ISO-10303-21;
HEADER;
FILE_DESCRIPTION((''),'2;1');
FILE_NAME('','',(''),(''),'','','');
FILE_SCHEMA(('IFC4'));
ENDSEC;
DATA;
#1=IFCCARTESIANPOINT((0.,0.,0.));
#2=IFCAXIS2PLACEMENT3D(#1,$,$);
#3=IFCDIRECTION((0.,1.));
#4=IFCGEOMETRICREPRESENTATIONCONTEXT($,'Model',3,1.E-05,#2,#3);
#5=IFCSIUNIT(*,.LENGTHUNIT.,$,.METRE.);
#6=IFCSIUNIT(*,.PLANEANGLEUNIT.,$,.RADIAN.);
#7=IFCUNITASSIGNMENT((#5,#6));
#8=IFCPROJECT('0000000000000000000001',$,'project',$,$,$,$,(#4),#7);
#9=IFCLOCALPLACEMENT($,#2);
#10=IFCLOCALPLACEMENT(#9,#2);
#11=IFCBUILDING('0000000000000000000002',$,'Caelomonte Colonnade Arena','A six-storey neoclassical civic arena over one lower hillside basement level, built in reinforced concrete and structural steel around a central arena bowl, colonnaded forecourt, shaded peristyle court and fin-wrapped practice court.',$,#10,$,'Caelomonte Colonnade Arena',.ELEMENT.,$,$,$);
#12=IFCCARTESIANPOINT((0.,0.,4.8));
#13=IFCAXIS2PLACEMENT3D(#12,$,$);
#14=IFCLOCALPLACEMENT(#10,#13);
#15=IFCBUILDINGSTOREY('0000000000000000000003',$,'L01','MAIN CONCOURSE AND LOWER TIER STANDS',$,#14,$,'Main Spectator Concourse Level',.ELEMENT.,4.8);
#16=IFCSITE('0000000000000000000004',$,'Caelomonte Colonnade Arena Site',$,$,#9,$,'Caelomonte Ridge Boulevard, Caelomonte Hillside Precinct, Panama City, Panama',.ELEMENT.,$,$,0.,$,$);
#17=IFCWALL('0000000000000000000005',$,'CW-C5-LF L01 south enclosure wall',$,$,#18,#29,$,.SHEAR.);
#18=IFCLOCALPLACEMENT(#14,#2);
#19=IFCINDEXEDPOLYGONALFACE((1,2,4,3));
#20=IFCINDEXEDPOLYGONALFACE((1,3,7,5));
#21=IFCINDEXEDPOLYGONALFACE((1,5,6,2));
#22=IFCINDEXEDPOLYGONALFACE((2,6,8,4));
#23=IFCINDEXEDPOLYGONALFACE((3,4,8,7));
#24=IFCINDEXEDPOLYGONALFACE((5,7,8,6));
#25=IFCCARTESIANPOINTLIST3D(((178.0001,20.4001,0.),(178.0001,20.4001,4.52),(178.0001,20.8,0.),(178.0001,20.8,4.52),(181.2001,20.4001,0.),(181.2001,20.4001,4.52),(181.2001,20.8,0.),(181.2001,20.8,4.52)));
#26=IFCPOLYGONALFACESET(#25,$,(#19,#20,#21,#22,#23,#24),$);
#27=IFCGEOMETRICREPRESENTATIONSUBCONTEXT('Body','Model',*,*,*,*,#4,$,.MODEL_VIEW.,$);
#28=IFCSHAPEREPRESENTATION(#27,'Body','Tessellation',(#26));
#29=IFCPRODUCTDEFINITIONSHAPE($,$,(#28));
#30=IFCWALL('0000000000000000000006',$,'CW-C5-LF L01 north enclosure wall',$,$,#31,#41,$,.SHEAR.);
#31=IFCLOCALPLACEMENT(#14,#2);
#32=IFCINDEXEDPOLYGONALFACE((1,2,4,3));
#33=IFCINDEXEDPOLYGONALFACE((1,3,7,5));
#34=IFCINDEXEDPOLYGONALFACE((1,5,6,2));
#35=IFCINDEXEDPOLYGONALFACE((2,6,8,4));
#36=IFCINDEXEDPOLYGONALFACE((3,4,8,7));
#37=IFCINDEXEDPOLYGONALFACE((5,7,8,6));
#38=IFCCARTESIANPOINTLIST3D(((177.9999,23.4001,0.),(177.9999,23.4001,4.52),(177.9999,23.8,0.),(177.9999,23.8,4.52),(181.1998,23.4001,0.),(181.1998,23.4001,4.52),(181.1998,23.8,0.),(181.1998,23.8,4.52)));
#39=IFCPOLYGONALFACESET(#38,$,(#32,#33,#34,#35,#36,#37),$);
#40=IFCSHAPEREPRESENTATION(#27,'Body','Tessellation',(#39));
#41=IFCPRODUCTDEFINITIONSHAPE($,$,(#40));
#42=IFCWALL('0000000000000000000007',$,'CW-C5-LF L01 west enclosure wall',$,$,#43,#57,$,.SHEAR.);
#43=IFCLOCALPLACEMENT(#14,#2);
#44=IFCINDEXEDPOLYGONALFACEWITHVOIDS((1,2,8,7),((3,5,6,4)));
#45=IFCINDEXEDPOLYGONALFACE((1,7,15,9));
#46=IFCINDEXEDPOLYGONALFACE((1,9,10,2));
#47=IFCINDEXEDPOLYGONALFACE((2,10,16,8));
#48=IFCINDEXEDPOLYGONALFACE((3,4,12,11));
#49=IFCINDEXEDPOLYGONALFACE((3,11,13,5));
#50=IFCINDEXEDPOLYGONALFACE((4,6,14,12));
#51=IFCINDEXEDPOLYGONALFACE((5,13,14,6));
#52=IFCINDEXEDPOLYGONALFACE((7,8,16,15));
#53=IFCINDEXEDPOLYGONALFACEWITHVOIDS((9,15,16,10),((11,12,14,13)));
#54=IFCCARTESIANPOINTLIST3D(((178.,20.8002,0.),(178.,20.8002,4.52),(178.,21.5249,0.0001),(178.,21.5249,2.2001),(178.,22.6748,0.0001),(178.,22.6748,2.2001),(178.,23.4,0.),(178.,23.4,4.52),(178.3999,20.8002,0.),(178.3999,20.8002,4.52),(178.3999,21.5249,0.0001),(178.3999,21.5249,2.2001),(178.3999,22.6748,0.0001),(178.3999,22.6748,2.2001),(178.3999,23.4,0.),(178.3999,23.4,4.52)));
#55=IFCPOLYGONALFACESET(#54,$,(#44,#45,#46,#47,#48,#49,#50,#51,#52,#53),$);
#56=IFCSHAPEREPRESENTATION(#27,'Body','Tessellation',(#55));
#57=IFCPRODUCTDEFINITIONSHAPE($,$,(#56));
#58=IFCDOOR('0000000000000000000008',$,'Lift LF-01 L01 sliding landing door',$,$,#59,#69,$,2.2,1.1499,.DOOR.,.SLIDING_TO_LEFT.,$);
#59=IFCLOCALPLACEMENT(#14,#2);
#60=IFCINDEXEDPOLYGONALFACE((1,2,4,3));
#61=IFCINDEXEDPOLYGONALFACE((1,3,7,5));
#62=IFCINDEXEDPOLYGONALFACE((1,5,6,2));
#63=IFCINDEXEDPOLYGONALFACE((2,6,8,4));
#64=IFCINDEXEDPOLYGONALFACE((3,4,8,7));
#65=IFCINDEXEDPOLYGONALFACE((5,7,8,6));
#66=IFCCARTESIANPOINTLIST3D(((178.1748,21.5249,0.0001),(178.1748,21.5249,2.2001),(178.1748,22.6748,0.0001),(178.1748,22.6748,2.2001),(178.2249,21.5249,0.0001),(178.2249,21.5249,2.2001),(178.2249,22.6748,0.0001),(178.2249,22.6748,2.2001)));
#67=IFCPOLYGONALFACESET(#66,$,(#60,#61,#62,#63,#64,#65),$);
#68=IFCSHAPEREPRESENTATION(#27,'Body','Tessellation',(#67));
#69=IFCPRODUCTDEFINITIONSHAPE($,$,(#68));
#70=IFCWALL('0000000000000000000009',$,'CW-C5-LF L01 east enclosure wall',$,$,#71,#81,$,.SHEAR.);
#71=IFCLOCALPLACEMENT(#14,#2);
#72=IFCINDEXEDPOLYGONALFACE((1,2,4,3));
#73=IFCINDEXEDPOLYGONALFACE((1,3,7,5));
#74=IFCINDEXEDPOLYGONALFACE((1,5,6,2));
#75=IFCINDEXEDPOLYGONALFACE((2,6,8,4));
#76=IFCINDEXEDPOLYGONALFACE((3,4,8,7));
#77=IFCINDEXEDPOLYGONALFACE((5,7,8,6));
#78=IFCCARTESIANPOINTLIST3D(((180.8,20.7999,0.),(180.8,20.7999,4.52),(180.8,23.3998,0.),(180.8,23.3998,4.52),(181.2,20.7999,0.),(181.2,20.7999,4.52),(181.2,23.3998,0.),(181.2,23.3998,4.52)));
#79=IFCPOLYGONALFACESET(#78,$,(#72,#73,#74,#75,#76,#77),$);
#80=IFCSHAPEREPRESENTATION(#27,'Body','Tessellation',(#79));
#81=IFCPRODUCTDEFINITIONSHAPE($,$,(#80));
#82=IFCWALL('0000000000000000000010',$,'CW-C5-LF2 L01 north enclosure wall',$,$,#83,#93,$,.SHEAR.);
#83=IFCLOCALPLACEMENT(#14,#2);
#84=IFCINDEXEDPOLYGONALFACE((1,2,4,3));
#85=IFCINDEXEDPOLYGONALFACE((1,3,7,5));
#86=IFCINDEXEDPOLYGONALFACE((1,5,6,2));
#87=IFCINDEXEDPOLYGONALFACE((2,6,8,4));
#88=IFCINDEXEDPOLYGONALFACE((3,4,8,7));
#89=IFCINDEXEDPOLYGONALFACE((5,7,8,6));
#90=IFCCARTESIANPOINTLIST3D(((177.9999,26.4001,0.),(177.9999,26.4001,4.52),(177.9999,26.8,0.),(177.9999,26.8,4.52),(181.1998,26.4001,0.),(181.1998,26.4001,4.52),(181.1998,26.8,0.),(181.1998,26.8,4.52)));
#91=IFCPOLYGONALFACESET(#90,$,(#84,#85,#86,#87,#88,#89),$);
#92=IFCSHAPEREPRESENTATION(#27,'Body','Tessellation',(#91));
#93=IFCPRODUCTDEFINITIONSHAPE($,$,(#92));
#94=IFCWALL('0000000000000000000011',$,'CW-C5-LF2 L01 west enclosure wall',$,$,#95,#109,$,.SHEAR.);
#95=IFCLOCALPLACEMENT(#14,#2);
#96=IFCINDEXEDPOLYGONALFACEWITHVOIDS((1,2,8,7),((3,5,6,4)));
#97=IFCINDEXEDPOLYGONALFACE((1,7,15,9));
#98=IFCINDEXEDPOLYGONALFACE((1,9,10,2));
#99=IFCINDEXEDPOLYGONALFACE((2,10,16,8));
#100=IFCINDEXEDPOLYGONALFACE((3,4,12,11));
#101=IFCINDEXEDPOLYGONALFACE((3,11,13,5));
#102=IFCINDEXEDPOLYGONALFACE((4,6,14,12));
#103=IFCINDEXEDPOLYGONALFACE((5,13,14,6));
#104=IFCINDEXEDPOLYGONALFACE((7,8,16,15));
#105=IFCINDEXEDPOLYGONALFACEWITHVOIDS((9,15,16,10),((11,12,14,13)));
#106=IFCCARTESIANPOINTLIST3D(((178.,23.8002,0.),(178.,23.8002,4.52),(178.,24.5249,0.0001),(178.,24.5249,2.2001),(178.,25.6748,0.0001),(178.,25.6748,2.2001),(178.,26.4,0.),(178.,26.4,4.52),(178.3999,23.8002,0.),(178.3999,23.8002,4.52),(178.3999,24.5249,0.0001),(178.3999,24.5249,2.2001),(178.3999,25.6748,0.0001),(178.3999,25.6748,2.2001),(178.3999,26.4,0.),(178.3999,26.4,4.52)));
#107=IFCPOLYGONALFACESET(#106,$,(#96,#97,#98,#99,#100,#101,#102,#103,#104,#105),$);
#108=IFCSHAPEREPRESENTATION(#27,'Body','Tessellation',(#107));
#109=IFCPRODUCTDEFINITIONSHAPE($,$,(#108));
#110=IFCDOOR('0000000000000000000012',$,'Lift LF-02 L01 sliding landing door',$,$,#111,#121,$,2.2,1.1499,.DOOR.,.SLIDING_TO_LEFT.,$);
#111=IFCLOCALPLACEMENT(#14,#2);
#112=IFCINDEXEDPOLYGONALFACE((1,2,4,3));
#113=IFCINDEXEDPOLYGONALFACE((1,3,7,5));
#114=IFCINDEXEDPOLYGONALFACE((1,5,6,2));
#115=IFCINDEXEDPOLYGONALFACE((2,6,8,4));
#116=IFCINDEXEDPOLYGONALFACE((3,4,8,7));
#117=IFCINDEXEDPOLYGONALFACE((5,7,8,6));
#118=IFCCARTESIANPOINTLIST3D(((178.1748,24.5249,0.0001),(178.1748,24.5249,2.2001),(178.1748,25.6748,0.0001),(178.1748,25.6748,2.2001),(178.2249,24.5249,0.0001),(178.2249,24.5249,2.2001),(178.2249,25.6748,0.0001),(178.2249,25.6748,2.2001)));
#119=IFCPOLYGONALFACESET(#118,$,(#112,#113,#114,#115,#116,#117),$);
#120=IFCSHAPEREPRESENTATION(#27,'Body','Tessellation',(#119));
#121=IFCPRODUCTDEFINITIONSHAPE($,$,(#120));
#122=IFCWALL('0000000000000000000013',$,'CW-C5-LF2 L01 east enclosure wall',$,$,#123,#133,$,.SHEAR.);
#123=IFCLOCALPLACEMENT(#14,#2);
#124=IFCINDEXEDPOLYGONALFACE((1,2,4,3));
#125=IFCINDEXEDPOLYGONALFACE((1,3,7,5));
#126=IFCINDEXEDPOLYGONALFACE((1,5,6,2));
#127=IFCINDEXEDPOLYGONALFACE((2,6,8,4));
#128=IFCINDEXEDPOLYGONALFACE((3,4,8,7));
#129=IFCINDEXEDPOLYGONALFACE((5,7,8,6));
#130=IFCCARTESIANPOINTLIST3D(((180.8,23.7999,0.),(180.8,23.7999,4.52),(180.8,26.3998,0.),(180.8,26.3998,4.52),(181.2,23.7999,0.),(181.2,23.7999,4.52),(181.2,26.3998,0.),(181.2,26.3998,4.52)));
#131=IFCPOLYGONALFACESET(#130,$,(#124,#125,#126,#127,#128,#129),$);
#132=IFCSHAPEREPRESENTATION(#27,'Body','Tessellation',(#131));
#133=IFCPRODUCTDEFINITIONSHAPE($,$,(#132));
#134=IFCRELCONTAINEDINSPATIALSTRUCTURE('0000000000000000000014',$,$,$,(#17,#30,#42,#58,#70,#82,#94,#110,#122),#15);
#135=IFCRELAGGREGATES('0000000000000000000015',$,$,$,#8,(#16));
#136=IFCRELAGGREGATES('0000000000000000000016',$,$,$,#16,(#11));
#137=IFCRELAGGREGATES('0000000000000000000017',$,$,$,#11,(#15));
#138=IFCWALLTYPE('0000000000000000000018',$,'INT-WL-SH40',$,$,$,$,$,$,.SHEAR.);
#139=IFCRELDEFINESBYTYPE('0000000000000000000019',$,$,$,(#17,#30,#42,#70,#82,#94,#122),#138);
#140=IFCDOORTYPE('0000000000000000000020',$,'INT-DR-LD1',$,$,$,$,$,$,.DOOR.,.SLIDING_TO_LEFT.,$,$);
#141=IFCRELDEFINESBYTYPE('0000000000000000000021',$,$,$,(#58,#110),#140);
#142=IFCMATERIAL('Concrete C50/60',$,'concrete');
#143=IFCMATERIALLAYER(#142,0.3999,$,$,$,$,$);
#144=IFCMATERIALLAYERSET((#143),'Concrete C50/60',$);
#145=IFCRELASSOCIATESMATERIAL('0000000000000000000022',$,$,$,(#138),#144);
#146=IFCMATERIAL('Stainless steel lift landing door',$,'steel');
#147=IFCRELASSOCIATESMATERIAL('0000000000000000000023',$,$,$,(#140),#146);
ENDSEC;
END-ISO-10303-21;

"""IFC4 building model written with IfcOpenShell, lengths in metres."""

from ifc_helpers import new_model, si_unit, direction, frame, frame_2d, origin, place, context, subcontext, project, spatial, rectangle, extrude, material, layer, layer_set, type_object, element, fill, save


model = new_model("IFC4")

# Units and contexts
model_context = context("Model", 3, precision=1e-05, world=origin(), true_north=direction((0.0, 1.0)))
body_context = subcontext(model_context, "Body", "Model", "MODEL_VIEW")
ifc_project = project(units=[si_unit("LENGTHUNIT", "METRE"), si_unit("PLANEANGLEUNIT", "RADIAN")], contexts=[model_context])

# Site, building, storey
site_placement = place(None, origin())
site = spatial("IfcSite", under=ifc_project, at=site_placement, Name="Caelomonte Colonnade Arena Site", LongName="Caelomonte Ridge Boulevard, Caelomonte Hillside Precinct, Panama City, Panama", CompositionType="ELEMENT", RefElevation=0.0)
building_placement = place(site_placement, origin())
building = spatial("IfcBuilding", under=site, at=building_placement, Name="Caelomonte Colonnade Arena", Description="A six-storey neoclassical civic arena over one lower hillside basement level, built in reinforced concrete and structural steel around a central arena bowl, colonnaded forecourt, shaded peristyle court and fin-wrapped practice court.", LongName="Caelomonte Colonnade Arena", CompositionType="ELEMENT")
storey_placement = place(building_placement, frame((0.0, 0.0, 4.8)))
storey = spatial("IfcBuildingStorey", under=building, at=storey_placement, Name="L01", Description="MAIN CONCOURSE AND LOWER TIER STANDS", LongName="Main Spectator Concourse Level", CompositionType="ELEMENT", Elevation=4.8)

# Walls
ifc_material_1 = material(Name="Concrete C50/60", Category="concrete")
ifc_layer_1 = layer(ifc_material_1, 0.3999)
ifc_layer_set_1 = layer_set([ifc_layer_1], Name="Concrete C50/60")
wall_type_1 = type_object("IfcWallType", Name="INT-WL-SH40", PredefinedType="SHEAR", material=ifc_layer_set_1)
for number, where, z_axis, x_axis, name in (
    (1, (178.0, 20.6001, 0.0), (0.0, 0.0, 1.0), (1.0, 0.0, 0.0), "CW-C5-LF L01 south enclosure wall"),
    (2, (181.2, 23.6001, 0.0), (0.0, 0.0, 1.0), (-1.0, 0.0, 0.0), "CW-C5-LF L01 north enclosure wall"),
):
    element("IfcWall", number, at=place(storey_placement, frame(where, z_axis=z_axis, x_axis=x_axis)), inside=storey, type_object=wall_type_1, Name=name, PredefinedType="SHEAR", context=body_context, shape_type="SweptSolid", body=[
        extrude(rectangle(XDim=3.2, YDim=0.3999, at=frame_2d((1.6001, 0.0))), origin(), (0.0, 0.0, 1.0), 4.52),
    ])

# Wall, opening, door
wall_1_placement = place(storey_placement, frame((178.2, 23.3999, 0.0), z_axis=(0.0, 0.0, 1.0), x_axis=(0.0, -1.0, 0.0)))
wall_1 = element("IfcWall", 3, at=wall_1_placement, inside=storey, type_object=wall_type_1, Name="CW-C5-LF L01 west enclosure wall", PredefinedType="SHEAR", context=body_context, shape_type="SweptSolid", body=[
    extrude(rectangle(XDim=2.5999, YDim=0.3999, at=frame_2d((1.2998, 0.0))), origin(), (0.0, 0.0, 1.0), 4.52),
])
opening_1_placement = place(wall_1_placement, frame((0.7251, 0.0, 0.0), z_axis=(0.0, 0.0, 1.0), x_axis=(1.0, 0.0, 0.0)))
opening_1 = element("IfcOpeningElement", 4, at=opening_1_placement, cuts=wall_1, PredefinedType="OPENING", context=body_context, shape_type="SweptSolid", body=[
    extrude(rectangle(XDim=1.1499, YDim=2.2, at=frame_2d((0.575, 1.1001))), frame((0.0, 0.21, 0.0), z_axis=(0.0, -1.0, 0.0), x_axis=(1.0, 0.0, 0.0)), (0.0, 0.0, 1.0), 0.4199),
])
ifc_material_2 = material(Name="Stainless steel lift landing door", Category="steel")
door_type_1 = type_object("IfcDoorType", Name="INT-DR-LD1", OperationType="SLIDING_TO_LEFT", PredefinedType="DOOR", material=ifc_material_2)
door_1_placement = place(opening_1_placement, origin())
door_1 = element("IfcDoor", 5, at=door_1_placement, inside=storey, type_object=door_type_1, Name="Lift LF-01 L01 sliding landing door", OperationType="SLIDING_TO_LEFT", OverallHeight=2.2, OverallWidth=1.1499, PredefinedType="DOOR", context=body_context, shape_type="SweptSolid", body=[
    extrude(rectangle(XDim=1.1499, YDim=2.2, at=frame_2d((0.575, 1.1001))), frame((0.0, 0.0249, 0.0), z_axis=(0.0, -1.0, 0.0), x_axis=(1.0, 0.0, 0.0)), (0.0, 0.0, 1.0), 0.05),
])
fill(opening_1, door_1)

# Walls
wall_2_placement = place(storey_placement, frame((181.0, 20.8, 0.0), z_axis=(0.0, 0.0, 1.0), x_axis=(0.0, 1.0, 0.0)))
element("IfcWall", 6, at=wall_2_placement, inside=storey, type_object=wall_type_1, Name="CW-C5-LF L01 east enclosure wall", PredefinedType="SHEAR", context=body_context, shape_type="SweptSolid", body=[
    extrude(rectangle(XDim=2.5999, YDim=0.3999, at=frame_2d((1.2998, 0.0))), origin(), (0.0, 0.0, 1.0), 4.52),
])
wall_3_placement = place(storey_placement, frame((181.2, 26.6001, 0.0), z_axis=(0.0, 0.0, 1.0), x_axis=(-1.0, 0.0, 0.0)))
element("IfcWall", 7, at=wall_3_placement, inside=storey, type_object=wall_type_1, Name="CW-C5-LF2 L01 north enclosure wall", PredefinedType="SHEAR", context=body_context, shape_type="SweptSolid", body=[
    extrude(rectangle(XDim=3.2, YDim=0.3999, at=frame_2d((1.6001, 0.0))), origin(), (0.0, 0.0, 1.0), 4.52),
])

# Wall, opening, door
wall_4_placement = place(storey_placement, frame((178.2, 26.3999, 0.0), z_axis=(0.0, 0.0, 1.0), x_axis=(0.0, -1.0, 0.0)))
wall_4 = element("IfcWall", 8, at=wall_4_placement, inside=storey, type_object=wall_type_1, Name="CW-C5-LF2 L01 west enclosure wall", PredefinedType="SHEAR", context=body_context, shape_type="SweptSolid", body=[
    extrude(rectangle(XDim=2.5999, YDim=0.3999, at=frame_2d((1.2998, 0.0))), origin(), (0.0, 0.0, 1.0), 4.52),
])
opening_2_placement = place(wall_4_placement, frame((0.7251, 0.0, 0.0), z_axis=(0.0, 0.0, 1.0), x_axis=(1.0, 0.0, 0.0)))
opening_2 = element("IfcOpeningElement", 9, at=opening_2_placement, cuts=wall_4, PredefinedType="OPENING", context=body_context, shape_type="SweptSolid", body=[
    extrude(rectangle(XDim=1.1499, YDim=2.2, at=frame_2d((0.575, 1.1001))), frame((0.0, 0.21, 0.0), z_axis=(0.0, -1.0, 0.0), x_axis=(1.0, 0.0, 0.0)), (0.0, 0.0, 1.0), 0.4199),
])
door_2_placement = place(opening_2_placement, origin())
door_2 = element("IfcDoor", 10, at=door_2_placement, inside=storey, type_object=door_type_1, Name="Lift LF-02 L01 sliding landing door", OperationType="SLIDING_TO_LEFT", OverallHeight=2.2, OverallWidth=1.1499, PredefinedType="DOOR", context=body_context, shape_type="SweptSolid", body=[
    extrude(rectangle(XDim=1.1499, YDim=2.2, at=frame_2d((0.575, 1.1001))), frame((0.0, 0.0249, 0.0), z_axis=(0.0, -1.0, 0.0), x_axis=(1.0, 0.0, 0.0)), (0.0, 0.0, 1.0), 0.05),
])
fill(opening_2, door_2)

# Wall
wall_5_placement = place(storey_placement, frame((181.0, 23.8, 0.0), z_axis=(0.0, 0.0, 1.0), x_axis=(0.0, 1.0, 0.0)))
element("IfcWall", 11, at=wall_5_placement, inside=storey, type_object=wall_type_1, Name="CW-C5-LF2 L01 east enclosure wall", PredefinedType="SHEAR", context=body_context, shape_type="SweptSolid", body=[
    extrude(rectangle(XDim=2.5999, YDim=0.3999, at=frame_2d((1.2998, 0.0))), origin(), (0.0, 0.0, 1.0), 4.52),
])

save(model, "model.ifc")
